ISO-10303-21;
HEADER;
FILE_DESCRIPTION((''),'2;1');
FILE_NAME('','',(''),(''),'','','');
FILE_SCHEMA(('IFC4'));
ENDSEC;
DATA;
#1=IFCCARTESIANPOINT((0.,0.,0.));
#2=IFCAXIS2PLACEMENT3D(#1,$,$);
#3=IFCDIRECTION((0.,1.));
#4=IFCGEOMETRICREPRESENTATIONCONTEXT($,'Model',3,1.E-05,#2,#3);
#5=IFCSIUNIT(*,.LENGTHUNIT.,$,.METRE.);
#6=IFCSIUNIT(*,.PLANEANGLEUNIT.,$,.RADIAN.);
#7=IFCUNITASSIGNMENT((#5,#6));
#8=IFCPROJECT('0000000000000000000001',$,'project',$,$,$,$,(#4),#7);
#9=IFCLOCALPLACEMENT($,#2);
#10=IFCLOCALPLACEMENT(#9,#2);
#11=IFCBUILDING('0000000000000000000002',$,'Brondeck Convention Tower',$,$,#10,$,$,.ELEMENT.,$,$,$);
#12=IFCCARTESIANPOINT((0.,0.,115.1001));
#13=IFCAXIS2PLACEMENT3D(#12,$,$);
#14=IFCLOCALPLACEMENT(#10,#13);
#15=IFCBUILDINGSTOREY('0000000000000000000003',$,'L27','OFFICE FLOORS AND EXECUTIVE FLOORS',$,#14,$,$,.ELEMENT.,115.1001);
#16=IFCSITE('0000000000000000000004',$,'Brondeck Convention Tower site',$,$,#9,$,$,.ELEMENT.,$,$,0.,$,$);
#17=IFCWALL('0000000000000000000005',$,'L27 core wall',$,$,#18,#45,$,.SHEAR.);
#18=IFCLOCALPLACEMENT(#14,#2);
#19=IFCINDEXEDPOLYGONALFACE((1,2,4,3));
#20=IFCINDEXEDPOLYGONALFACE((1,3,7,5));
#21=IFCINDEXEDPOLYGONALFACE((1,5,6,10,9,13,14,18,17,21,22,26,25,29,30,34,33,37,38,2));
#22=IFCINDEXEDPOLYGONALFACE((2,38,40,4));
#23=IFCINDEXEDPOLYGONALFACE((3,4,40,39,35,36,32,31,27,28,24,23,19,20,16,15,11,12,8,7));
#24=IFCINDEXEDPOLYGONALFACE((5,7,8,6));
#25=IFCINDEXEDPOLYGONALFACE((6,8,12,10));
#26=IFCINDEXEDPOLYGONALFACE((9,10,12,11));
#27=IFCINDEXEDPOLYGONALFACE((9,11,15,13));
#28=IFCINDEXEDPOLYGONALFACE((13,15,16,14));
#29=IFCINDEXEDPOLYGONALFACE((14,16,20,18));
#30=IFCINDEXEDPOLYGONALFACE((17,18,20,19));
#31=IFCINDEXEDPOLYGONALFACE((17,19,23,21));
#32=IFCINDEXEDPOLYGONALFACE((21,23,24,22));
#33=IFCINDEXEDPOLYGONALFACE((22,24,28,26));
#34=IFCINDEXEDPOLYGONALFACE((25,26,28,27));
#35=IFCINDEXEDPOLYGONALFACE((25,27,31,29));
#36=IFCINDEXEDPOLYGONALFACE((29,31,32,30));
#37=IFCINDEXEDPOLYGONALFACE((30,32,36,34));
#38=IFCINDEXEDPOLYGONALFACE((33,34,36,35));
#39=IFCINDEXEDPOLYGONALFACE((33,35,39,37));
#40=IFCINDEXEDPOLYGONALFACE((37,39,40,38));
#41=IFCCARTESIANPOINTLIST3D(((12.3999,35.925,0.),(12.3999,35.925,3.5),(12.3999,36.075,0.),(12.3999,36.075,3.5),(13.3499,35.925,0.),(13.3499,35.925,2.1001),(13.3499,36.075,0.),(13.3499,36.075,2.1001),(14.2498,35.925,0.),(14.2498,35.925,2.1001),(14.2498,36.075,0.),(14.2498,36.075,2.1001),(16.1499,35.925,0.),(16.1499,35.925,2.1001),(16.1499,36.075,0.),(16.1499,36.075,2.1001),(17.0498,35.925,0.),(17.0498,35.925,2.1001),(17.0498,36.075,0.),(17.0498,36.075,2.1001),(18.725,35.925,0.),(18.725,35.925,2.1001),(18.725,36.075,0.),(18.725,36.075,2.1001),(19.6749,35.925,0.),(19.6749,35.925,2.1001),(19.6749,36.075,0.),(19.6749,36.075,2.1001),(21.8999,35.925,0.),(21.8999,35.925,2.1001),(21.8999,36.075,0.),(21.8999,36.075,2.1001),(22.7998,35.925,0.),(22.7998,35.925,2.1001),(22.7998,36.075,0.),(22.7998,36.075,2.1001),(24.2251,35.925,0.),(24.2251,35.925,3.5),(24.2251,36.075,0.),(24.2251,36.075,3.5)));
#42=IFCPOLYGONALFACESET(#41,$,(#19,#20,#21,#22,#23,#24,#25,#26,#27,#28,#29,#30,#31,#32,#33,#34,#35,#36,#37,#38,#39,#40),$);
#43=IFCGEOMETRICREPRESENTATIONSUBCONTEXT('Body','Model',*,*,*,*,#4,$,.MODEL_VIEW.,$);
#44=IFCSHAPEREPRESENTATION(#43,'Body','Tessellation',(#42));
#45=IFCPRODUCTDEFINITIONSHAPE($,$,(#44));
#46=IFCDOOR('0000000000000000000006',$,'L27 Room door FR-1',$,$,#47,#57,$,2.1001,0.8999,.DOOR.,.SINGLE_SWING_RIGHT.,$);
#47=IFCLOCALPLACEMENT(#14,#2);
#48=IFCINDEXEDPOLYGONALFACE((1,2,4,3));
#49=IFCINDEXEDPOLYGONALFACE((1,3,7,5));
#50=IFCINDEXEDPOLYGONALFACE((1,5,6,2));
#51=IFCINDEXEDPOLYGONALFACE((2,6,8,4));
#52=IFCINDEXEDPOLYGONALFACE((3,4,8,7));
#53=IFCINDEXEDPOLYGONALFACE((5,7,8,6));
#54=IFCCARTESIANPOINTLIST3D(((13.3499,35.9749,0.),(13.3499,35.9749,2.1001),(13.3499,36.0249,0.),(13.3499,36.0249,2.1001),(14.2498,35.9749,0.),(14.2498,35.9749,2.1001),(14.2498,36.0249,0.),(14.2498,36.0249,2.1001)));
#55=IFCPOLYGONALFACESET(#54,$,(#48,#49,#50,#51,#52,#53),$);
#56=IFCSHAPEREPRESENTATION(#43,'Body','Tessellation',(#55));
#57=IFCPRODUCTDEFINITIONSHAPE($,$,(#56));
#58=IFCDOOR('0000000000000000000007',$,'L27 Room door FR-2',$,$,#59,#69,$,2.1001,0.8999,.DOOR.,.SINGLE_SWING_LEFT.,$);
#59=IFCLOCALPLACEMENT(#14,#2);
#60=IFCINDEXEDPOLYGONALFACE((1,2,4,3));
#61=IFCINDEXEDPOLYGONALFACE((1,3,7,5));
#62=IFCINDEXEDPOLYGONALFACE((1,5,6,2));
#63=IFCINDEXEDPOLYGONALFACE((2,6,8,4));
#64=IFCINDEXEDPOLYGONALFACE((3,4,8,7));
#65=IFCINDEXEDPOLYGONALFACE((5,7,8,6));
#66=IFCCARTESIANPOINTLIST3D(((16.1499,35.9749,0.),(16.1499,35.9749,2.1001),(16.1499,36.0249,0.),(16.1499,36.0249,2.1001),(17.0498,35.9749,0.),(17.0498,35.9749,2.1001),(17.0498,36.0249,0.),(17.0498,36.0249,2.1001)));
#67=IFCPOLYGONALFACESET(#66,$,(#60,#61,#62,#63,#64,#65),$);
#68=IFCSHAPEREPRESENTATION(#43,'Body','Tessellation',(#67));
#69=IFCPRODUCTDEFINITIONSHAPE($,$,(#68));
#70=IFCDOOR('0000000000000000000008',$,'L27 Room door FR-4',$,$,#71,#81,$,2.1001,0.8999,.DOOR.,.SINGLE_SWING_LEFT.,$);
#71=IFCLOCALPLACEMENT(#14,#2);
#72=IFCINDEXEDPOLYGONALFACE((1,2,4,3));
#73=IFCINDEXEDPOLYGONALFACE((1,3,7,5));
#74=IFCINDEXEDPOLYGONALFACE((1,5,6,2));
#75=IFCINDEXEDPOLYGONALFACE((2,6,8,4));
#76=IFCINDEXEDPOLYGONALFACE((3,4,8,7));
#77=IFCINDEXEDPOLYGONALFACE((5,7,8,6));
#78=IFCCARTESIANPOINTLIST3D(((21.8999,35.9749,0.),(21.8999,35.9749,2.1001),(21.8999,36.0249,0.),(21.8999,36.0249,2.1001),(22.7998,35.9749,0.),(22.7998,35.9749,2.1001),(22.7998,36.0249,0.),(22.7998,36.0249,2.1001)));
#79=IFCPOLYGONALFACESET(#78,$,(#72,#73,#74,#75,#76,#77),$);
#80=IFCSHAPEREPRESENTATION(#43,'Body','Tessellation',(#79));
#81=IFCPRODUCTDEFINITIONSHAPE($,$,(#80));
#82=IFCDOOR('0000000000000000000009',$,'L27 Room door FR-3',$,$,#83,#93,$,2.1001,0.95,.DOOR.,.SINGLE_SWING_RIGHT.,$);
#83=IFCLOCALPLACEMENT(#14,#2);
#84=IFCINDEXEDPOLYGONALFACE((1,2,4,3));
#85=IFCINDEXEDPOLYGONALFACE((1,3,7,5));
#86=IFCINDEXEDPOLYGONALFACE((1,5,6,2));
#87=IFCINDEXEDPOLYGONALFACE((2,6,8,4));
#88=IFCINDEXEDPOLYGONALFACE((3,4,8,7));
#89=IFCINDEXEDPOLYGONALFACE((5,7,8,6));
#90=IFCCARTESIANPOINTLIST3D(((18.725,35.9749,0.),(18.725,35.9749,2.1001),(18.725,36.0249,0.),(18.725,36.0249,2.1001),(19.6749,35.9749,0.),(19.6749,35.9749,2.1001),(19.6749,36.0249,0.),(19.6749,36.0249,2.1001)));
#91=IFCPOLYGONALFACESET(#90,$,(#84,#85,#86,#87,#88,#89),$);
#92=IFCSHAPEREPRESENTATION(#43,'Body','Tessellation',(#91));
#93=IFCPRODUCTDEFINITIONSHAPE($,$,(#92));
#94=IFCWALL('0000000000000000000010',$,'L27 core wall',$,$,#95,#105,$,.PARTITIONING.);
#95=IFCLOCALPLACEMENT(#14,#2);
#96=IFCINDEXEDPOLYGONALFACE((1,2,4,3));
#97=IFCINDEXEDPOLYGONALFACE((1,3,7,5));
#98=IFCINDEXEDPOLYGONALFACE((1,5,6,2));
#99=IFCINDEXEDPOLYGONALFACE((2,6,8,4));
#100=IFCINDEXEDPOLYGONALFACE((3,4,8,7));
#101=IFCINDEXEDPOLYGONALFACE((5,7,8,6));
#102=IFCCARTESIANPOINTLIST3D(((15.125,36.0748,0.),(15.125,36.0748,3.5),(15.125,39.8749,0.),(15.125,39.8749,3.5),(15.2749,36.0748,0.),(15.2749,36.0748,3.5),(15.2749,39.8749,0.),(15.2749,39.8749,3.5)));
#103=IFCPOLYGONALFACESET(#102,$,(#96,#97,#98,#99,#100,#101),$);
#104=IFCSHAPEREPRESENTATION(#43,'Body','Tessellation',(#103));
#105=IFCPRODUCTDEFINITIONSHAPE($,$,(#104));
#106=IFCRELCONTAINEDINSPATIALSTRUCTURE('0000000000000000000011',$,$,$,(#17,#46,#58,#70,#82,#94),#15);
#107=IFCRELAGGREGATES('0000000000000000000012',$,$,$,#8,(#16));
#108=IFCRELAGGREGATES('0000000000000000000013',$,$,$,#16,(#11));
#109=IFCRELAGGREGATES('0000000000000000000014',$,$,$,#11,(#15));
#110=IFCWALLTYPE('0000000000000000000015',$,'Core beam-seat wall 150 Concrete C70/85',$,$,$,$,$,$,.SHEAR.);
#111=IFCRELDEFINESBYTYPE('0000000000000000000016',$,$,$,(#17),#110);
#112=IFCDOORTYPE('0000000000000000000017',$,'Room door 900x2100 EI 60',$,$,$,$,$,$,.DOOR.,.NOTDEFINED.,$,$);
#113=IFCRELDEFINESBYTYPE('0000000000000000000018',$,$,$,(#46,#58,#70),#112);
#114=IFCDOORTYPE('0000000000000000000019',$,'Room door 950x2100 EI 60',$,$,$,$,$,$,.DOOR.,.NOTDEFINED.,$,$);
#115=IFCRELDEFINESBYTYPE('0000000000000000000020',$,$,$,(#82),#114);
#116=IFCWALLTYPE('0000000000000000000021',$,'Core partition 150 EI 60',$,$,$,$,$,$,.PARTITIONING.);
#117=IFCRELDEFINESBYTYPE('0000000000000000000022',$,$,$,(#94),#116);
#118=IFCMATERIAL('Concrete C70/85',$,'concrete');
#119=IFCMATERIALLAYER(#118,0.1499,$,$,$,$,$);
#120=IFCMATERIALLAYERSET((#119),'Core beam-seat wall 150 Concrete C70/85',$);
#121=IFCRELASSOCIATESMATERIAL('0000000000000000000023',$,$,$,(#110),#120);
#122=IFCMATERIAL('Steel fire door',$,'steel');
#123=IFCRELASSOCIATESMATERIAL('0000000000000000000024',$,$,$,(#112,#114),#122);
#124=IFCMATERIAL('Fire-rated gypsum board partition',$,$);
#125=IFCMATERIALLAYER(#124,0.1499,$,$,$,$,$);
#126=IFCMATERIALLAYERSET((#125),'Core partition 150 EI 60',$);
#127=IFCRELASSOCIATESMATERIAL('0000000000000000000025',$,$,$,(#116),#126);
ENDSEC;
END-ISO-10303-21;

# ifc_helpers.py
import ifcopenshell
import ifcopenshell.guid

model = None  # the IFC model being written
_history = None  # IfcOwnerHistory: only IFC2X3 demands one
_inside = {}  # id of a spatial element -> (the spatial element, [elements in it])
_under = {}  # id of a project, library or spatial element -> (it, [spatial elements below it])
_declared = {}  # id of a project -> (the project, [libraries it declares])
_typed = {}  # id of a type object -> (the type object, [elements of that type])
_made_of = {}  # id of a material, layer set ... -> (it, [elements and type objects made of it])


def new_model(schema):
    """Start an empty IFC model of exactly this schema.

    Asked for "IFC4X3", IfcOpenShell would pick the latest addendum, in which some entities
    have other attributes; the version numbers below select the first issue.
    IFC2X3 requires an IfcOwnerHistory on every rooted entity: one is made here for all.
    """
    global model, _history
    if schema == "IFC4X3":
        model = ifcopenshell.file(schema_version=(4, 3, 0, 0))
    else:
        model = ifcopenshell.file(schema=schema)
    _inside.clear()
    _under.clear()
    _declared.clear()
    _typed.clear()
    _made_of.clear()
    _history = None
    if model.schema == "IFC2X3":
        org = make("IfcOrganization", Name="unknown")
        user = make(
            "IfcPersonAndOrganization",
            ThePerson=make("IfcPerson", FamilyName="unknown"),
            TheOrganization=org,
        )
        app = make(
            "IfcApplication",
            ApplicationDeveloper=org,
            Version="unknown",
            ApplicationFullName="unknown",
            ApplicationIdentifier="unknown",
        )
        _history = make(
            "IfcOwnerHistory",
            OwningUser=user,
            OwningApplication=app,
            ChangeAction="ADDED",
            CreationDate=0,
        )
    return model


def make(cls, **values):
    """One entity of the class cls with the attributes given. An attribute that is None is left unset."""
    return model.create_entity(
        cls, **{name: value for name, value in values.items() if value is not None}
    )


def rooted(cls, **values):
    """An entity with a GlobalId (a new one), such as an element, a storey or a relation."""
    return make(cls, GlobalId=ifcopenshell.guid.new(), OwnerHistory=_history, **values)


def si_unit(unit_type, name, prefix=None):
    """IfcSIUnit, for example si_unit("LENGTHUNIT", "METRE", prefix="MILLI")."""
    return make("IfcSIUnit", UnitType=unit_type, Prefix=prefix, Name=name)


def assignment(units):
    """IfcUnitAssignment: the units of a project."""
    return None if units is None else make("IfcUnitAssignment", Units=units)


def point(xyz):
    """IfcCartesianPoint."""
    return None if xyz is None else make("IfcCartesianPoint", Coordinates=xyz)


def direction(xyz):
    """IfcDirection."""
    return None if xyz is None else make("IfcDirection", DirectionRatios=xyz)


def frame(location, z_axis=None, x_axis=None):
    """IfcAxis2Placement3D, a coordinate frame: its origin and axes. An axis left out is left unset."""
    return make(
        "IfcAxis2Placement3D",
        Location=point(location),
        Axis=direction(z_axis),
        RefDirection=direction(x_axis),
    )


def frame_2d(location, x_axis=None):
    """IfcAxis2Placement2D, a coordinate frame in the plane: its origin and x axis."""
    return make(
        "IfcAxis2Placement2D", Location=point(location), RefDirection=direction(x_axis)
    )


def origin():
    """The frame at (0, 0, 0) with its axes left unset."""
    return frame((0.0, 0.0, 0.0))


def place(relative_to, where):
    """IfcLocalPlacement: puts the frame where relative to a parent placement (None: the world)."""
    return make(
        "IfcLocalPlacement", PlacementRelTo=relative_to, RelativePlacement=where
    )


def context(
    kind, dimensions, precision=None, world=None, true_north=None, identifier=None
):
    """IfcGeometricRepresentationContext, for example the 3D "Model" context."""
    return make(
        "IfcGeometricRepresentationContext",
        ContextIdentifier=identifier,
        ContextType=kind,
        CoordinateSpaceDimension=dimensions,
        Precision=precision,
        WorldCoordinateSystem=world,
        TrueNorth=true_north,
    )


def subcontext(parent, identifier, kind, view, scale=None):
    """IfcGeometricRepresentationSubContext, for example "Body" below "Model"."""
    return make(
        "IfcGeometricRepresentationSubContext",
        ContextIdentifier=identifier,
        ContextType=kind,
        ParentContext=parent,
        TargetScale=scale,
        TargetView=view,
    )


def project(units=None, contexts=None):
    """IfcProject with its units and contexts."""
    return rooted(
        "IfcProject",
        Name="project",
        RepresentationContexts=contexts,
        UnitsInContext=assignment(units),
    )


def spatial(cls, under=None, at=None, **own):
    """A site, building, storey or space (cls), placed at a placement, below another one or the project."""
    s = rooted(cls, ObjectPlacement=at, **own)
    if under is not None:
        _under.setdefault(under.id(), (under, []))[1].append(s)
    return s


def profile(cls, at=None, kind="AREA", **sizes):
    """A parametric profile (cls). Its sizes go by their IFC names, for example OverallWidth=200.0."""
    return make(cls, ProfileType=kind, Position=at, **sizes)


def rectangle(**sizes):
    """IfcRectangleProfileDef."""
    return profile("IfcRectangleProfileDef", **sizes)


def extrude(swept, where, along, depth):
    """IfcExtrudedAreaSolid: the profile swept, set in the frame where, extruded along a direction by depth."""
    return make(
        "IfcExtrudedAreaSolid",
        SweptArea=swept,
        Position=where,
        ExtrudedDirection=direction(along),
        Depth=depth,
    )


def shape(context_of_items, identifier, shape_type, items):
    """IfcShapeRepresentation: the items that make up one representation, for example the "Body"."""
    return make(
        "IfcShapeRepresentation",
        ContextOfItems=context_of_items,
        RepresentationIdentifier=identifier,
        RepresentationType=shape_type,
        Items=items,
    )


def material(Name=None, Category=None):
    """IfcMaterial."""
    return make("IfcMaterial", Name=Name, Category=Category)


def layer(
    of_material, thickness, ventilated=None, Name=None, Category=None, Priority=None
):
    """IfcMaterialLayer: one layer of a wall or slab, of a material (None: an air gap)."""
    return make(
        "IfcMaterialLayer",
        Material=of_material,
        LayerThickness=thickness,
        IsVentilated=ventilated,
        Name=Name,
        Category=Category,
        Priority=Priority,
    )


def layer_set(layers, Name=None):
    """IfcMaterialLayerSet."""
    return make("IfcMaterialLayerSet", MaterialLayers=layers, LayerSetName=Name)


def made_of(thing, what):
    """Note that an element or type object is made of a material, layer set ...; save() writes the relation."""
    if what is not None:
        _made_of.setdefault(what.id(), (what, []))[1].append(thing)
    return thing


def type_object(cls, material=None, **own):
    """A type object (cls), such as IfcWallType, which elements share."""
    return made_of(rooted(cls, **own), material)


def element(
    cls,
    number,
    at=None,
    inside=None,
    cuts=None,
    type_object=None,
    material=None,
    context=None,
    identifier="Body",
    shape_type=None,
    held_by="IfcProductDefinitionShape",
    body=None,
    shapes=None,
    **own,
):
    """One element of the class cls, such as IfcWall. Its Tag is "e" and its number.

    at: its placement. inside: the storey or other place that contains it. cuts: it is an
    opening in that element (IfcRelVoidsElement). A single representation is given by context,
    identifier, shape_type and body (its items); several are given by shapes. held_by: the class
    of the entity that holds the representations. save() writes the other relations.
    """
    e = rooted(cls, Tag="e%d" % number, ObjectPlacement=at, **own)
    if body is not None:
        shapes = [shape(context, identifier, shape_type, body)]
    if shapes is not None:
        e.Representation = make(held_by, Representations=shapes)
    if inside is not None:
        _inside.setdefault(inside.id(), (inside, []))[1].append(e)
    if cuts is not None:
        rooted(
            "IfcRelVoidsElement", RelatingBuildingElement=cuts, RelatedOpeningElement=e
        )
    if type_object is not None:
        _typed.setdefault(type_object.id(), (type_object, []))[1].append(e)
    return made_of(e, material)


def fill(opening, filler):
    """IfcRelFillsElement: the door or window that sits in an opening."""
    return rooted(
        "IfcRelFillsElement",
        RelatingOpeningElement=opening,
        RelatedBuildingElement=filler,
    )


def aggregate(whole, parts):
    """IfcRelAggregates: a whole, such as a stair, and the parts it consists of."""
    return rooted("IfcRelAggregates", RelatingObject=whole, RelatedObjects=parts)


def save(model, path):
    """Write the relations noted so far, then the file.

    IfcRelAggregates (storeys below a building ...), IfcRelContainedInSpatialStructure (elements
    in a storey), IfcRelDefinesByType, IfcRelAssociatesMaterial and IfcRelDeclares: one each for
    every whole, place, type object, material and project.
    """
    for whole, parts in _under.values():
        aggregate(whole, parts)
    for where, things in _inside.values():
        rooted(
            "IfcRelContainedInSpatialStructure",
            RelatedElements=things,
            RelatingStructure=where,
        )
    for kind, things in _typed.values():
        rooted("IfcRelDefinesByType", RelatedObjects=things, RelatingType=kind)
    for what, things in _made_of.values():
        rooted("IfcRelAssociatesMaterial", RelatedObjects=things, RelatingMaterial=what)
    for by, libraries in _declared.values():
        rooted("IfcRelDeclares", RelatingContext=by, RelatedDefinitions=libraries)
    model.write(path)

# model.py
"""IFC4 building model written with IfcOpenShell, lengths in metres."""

from ifc_helpers import new_model, si_unit, direction, frame, frame_2d, origin, place, context, subcontext, project, spatial, rectangle, extrude, material, layer, layer_set, type_object, element, fill, save


model = new_model("IFC4")

# Units and contexts
model_context = context("Model", 3, precision=1e-05, world=origin(), true_north=direction((0.0, 1.0)))
body_context = subcontext(model_context, "Body", "Model", "MODEL_VIEW")
ifc_project = project(units=[si_unit("LENGTHUNIT", "METRE"), si_unit("PLANEANGLEUNIT", "RADIAN")], contexts=[model_context])

# Site, building, storey
site_placement = place(None, origin())
site = spatial("IfcSite", under=ifc_project, at=site_placement, Name="Brondeck Convention Tower site", CompositionType="ELEMENT", RefElevation=0.0)
building_placement = place(site_placement, origin())
building = spatial("IfcBuilding", under=site, at=building_placement, Name="Brondeck Convention Tower", CompositionType="ELEMENT")
storey_placement = place(building_placement, frame((0.0, 0.0, 115.1001)))
storey = spatial("IfcBuildingStorey", under=building, at=storey_placement, Name="L27", Description="OFFICE FLOORS AND EXECUTIVE FLOORS", CompositionType="ELEMENT", Elevation=115.1001)

# Wall, openings, doors
ifc_material_1 = material(Name="Concrete C70/85", Category="concrete")
ifc_layer_1 = layer(ifc_material_1, 0.1499)
ifc_layer_set_1 = layer_set([ifc_layer_1], Name="Core beam-seat wall 150 Concrete C70/85")
wall_type_1 = type_object("IfcWallType", Name="Core beam-seat wall 150 Concrete C70/85", PredefinedType="SHEAR", material=ifc_layer_set_1)
wall_1_placement = place(storey_placement, frame((12.3999, 36.0, 0.0), z_axis=(0.0, 0.0, 1.0), x_axis=(1.0, 0.0, 0.0)))
wall_1 = element("IfcWall", 1, at=wall_1_placement, inside=storey, type_object=wall_type_1, Name="L27 core wall", PredefinedType="SHEAR", context=body_context, shape_type="SweptSolid", body=[
    extrude(rectangle(XDim=11.8252, YDim=0.1499, at=frame_2d((5.9126, 0.0))), origin(), (0.0, 0.0, 1.0), 3.5),
])
opening_1_placement = place(wall_1_placement, frame((0.95, 0.0, 0.0)))
opening_1 = element("IfcOpeningElement", 2, at=opening_1_placement, cuts=wall_1, PredefinedType="OPENING", context=body_context, shape_type="SweptSolid", body=[
    extrude(rectangle(XDim=0.8999, YDim=2.1001, at=frame_2d((0.45, 1.05))), frame((0.0, 0.085, 0.0), z_axis=(0.0, -1.0, 0.0), x_axis=(1.0, 0.0, 0.0)), (0.0, 0.0, 1.0), 0.1699),
])
opening_2_placement = place(wall_1_placement, frame((3.75, 0.0, 0.0)))
opening_2 = element("IfcOpeningElement", 3, at=opening_2_placement, cuts=wall_1, PredefinedType="OPENING", context=body_context, shape_type="SweptSolid", body=[
    extrude(rectangle(XDim=0.8999, YDim=2.1001, at=frame_2d((0.45, 1.05))), frame((0.0, 0.085, 0.0), z_axis=(0.0, -1.0, 0.0), x_axis=(1.0, 0.0, 0.0)), (0.0, 0.0, 1.0), 0.1699),
])
opening_3_placement = place(wall_1_placement, frame((6.325, 0.0, 0.0)))
opening_3 = element("IfcOpeningElement", 4, at=opening_3_placement, cuts=wall_1, PredefinedType="OPENING", context=body_context, shape_type="SweptSolid", body=[
    extrude(rectangle(XDim=0.95, YDim=2.1001, at=frame_2d((0.4751, 1.05))), frame((0.0, 0.085, 0.0), z_axis=(0.0, -1.0, 0.0), x_axis=(1.0, 0.0, 0.0)), (0.0, 0.0, 1.0), 0.1699),
])
opening_4_placement = place(wall_1_placement, frame((9.5, 0.0, 0.0)))
opening_4 = element("IfcOpeningElement", 5, at=opening_4_placement, cuts=wall_1, PredefinedType="OPENING", context=body_context, shape_type="SweptSolid", body=[
    extrude(rectangle(XDim=0.8999, YDim=2.1001, at=frame_2d((0.45, 1.05))), frame((0.0, 0.085, 0.0), z_axis=(0.0, -1.0, 0.0), x_axis=(1.0, 0.0, 0.0)), (0.0, 0.0, 1.0), 0.1699),
])
ifc_material_2 = material(Name="Steel fire door", Category="steel")
door_type_1 = type_object("IfcDoorType", Name="Room door 900x2100 EI 60", OperationType="NOTDEFINED", PredefinedType="DOOR", material=ifc_material_2)
door_1_placement = place(opening_1_placement, origin())
door_1 = element("IfcDoor", 6, at=door_1_placement, inside=storey, type_object=door_type_1, Name="L27 Room door FR-1", OperationType="SINGLE_SWING_RIGHT", OverallHeight=2.1001, OverallWidth=0.8999, PredefinedType="DOOR", context=body_context, shape_type="SweptSolid", body=[
    extrude(rectangle(XDim=0.8999, YDim=2.1001, at=frame_2d((0.45, 1.05))), frame((0.0, 0.0249, 0.0), z_axis=(0.0, -1.0, 0.0), x_axis=(1.0, 0.0, 0.0)), (0.0, 0.0, 1.0), 0.05),
])
fill(opening_1, door_1)
door_2_placement = place(opening_2_placement, origin())
door_2 = element("IfcDoor", 7, at=door_2_placement, inside=storey, type_object=door_type_1, Name="L27 Room door FR-2", OperationType="SINGLE_SWING_LEFT", OverallHeight=2.1001, OverallWidth=0.8999, PredefinedType="DOOR", context=body_context, shape_type="SweptSolid", body=[
    extrude(rectangle(XDim=0.8999, YDim=2.1001, at=frame_2d((0.45, 1.05))), frame((0.0, 0.0249, 0.0), z_axis=(0.0, -1.0, 0.0), x_axis=(1.0, 0.0, 0.0)), (0.0, 0.0, 1.0), 0.05),
])
fill(opening_2, door_2)
door_3_placement = place(opening_4_placement, origin())
door_3 = element("IfcDoor", 8, at=door_3_placement, inside=storey, type_object=door_type_1, Name="L27 Room door FR-4", OperationType="SINGLE_SWING_LEFT", OverallHeight=2.1001, OverallWidth=0.8999, PredefinedType="DOOR", context=body_context, shape_type="SweptSolid", body=[
    extrude(rectangle(XDim=0.8999, YDim=2.1001, at=frame_2d((0.45, 1.05))), frame((0.0, 0.0249, 0.0), z_axis=(0.0, -1.0, 0.0), x_axis=(1.0, 0.0, 0.0)), (0.0, 0.0, 1.0), 0.05),
])
fill(opening_4, door_3)
door_type_2 = type_object("IfcDoorType", Name="Room door 950x2100 EI 60", OperationType="NOTDEFINED", PredefinedType="DOOR", material=ifc_material_2)
door_4_placement = place(opening_3_placement, origin())
door_4 = element("IfcDoor", 9, at=door_4_placement, inside=storey, type_object=door_type_2, Name="L27 Room door FR-3", OperationType="SINGLE_SWING_RIGHT", OverallHeight=2.1001, OverallWidth=0.95, PredefinedType="DOOR", context=body_context, shape_type="SweptSolid", body=[
    extrude(rectangle(XDim=0.95, YDim=2.1001, at=frame_2d((0.4751, 1.05))), frame((0.0, 0.0249, 0.0), z_axis=(0.0, -1.0, 0.0), x_axis=(1.0, 0.0, 0.0)), (0.0, 0.0, 1.0), 0.05),
])
fill(opening_3, door_4)

# Wall
ifc_material_3 = material(Name="Fire-rated gypsum board partition")
ifc_layer_2 = layer(ifc_material_3, 0.1499)
ifc_layer_set_2 = layer_set([ifc_layer_2], Name="Core partition 150 EI 60")
wall_type_2 = type_object("IfcWallType", Name="Core partition 150 EI 60", PredefinedType="PARTITIONING", material=ifc_layer_set_2)
wall_2_placement = place(storey_placement, frame((15.2, 36.075, 0.0), z_axis=(0.0, 0.0, 1.0), x_axis=(0.0, 1.0, 0.0)))
element("IfcWall", 10, at=wall_2_placement, inside=storey, type_object=wall_type_2, Name="L27 core wall", PredefinedType="PARTITIONING", context=body_context, shape_type="SweptSolid", body=[
    extrude(rectangle(XDim=3.8, YDim=0.1499, at=frame_2d((1.8999, 0.0))), origin(), (0.0, 0.0, 1.0), 3.5),
])

save(model, "model.ifc")
